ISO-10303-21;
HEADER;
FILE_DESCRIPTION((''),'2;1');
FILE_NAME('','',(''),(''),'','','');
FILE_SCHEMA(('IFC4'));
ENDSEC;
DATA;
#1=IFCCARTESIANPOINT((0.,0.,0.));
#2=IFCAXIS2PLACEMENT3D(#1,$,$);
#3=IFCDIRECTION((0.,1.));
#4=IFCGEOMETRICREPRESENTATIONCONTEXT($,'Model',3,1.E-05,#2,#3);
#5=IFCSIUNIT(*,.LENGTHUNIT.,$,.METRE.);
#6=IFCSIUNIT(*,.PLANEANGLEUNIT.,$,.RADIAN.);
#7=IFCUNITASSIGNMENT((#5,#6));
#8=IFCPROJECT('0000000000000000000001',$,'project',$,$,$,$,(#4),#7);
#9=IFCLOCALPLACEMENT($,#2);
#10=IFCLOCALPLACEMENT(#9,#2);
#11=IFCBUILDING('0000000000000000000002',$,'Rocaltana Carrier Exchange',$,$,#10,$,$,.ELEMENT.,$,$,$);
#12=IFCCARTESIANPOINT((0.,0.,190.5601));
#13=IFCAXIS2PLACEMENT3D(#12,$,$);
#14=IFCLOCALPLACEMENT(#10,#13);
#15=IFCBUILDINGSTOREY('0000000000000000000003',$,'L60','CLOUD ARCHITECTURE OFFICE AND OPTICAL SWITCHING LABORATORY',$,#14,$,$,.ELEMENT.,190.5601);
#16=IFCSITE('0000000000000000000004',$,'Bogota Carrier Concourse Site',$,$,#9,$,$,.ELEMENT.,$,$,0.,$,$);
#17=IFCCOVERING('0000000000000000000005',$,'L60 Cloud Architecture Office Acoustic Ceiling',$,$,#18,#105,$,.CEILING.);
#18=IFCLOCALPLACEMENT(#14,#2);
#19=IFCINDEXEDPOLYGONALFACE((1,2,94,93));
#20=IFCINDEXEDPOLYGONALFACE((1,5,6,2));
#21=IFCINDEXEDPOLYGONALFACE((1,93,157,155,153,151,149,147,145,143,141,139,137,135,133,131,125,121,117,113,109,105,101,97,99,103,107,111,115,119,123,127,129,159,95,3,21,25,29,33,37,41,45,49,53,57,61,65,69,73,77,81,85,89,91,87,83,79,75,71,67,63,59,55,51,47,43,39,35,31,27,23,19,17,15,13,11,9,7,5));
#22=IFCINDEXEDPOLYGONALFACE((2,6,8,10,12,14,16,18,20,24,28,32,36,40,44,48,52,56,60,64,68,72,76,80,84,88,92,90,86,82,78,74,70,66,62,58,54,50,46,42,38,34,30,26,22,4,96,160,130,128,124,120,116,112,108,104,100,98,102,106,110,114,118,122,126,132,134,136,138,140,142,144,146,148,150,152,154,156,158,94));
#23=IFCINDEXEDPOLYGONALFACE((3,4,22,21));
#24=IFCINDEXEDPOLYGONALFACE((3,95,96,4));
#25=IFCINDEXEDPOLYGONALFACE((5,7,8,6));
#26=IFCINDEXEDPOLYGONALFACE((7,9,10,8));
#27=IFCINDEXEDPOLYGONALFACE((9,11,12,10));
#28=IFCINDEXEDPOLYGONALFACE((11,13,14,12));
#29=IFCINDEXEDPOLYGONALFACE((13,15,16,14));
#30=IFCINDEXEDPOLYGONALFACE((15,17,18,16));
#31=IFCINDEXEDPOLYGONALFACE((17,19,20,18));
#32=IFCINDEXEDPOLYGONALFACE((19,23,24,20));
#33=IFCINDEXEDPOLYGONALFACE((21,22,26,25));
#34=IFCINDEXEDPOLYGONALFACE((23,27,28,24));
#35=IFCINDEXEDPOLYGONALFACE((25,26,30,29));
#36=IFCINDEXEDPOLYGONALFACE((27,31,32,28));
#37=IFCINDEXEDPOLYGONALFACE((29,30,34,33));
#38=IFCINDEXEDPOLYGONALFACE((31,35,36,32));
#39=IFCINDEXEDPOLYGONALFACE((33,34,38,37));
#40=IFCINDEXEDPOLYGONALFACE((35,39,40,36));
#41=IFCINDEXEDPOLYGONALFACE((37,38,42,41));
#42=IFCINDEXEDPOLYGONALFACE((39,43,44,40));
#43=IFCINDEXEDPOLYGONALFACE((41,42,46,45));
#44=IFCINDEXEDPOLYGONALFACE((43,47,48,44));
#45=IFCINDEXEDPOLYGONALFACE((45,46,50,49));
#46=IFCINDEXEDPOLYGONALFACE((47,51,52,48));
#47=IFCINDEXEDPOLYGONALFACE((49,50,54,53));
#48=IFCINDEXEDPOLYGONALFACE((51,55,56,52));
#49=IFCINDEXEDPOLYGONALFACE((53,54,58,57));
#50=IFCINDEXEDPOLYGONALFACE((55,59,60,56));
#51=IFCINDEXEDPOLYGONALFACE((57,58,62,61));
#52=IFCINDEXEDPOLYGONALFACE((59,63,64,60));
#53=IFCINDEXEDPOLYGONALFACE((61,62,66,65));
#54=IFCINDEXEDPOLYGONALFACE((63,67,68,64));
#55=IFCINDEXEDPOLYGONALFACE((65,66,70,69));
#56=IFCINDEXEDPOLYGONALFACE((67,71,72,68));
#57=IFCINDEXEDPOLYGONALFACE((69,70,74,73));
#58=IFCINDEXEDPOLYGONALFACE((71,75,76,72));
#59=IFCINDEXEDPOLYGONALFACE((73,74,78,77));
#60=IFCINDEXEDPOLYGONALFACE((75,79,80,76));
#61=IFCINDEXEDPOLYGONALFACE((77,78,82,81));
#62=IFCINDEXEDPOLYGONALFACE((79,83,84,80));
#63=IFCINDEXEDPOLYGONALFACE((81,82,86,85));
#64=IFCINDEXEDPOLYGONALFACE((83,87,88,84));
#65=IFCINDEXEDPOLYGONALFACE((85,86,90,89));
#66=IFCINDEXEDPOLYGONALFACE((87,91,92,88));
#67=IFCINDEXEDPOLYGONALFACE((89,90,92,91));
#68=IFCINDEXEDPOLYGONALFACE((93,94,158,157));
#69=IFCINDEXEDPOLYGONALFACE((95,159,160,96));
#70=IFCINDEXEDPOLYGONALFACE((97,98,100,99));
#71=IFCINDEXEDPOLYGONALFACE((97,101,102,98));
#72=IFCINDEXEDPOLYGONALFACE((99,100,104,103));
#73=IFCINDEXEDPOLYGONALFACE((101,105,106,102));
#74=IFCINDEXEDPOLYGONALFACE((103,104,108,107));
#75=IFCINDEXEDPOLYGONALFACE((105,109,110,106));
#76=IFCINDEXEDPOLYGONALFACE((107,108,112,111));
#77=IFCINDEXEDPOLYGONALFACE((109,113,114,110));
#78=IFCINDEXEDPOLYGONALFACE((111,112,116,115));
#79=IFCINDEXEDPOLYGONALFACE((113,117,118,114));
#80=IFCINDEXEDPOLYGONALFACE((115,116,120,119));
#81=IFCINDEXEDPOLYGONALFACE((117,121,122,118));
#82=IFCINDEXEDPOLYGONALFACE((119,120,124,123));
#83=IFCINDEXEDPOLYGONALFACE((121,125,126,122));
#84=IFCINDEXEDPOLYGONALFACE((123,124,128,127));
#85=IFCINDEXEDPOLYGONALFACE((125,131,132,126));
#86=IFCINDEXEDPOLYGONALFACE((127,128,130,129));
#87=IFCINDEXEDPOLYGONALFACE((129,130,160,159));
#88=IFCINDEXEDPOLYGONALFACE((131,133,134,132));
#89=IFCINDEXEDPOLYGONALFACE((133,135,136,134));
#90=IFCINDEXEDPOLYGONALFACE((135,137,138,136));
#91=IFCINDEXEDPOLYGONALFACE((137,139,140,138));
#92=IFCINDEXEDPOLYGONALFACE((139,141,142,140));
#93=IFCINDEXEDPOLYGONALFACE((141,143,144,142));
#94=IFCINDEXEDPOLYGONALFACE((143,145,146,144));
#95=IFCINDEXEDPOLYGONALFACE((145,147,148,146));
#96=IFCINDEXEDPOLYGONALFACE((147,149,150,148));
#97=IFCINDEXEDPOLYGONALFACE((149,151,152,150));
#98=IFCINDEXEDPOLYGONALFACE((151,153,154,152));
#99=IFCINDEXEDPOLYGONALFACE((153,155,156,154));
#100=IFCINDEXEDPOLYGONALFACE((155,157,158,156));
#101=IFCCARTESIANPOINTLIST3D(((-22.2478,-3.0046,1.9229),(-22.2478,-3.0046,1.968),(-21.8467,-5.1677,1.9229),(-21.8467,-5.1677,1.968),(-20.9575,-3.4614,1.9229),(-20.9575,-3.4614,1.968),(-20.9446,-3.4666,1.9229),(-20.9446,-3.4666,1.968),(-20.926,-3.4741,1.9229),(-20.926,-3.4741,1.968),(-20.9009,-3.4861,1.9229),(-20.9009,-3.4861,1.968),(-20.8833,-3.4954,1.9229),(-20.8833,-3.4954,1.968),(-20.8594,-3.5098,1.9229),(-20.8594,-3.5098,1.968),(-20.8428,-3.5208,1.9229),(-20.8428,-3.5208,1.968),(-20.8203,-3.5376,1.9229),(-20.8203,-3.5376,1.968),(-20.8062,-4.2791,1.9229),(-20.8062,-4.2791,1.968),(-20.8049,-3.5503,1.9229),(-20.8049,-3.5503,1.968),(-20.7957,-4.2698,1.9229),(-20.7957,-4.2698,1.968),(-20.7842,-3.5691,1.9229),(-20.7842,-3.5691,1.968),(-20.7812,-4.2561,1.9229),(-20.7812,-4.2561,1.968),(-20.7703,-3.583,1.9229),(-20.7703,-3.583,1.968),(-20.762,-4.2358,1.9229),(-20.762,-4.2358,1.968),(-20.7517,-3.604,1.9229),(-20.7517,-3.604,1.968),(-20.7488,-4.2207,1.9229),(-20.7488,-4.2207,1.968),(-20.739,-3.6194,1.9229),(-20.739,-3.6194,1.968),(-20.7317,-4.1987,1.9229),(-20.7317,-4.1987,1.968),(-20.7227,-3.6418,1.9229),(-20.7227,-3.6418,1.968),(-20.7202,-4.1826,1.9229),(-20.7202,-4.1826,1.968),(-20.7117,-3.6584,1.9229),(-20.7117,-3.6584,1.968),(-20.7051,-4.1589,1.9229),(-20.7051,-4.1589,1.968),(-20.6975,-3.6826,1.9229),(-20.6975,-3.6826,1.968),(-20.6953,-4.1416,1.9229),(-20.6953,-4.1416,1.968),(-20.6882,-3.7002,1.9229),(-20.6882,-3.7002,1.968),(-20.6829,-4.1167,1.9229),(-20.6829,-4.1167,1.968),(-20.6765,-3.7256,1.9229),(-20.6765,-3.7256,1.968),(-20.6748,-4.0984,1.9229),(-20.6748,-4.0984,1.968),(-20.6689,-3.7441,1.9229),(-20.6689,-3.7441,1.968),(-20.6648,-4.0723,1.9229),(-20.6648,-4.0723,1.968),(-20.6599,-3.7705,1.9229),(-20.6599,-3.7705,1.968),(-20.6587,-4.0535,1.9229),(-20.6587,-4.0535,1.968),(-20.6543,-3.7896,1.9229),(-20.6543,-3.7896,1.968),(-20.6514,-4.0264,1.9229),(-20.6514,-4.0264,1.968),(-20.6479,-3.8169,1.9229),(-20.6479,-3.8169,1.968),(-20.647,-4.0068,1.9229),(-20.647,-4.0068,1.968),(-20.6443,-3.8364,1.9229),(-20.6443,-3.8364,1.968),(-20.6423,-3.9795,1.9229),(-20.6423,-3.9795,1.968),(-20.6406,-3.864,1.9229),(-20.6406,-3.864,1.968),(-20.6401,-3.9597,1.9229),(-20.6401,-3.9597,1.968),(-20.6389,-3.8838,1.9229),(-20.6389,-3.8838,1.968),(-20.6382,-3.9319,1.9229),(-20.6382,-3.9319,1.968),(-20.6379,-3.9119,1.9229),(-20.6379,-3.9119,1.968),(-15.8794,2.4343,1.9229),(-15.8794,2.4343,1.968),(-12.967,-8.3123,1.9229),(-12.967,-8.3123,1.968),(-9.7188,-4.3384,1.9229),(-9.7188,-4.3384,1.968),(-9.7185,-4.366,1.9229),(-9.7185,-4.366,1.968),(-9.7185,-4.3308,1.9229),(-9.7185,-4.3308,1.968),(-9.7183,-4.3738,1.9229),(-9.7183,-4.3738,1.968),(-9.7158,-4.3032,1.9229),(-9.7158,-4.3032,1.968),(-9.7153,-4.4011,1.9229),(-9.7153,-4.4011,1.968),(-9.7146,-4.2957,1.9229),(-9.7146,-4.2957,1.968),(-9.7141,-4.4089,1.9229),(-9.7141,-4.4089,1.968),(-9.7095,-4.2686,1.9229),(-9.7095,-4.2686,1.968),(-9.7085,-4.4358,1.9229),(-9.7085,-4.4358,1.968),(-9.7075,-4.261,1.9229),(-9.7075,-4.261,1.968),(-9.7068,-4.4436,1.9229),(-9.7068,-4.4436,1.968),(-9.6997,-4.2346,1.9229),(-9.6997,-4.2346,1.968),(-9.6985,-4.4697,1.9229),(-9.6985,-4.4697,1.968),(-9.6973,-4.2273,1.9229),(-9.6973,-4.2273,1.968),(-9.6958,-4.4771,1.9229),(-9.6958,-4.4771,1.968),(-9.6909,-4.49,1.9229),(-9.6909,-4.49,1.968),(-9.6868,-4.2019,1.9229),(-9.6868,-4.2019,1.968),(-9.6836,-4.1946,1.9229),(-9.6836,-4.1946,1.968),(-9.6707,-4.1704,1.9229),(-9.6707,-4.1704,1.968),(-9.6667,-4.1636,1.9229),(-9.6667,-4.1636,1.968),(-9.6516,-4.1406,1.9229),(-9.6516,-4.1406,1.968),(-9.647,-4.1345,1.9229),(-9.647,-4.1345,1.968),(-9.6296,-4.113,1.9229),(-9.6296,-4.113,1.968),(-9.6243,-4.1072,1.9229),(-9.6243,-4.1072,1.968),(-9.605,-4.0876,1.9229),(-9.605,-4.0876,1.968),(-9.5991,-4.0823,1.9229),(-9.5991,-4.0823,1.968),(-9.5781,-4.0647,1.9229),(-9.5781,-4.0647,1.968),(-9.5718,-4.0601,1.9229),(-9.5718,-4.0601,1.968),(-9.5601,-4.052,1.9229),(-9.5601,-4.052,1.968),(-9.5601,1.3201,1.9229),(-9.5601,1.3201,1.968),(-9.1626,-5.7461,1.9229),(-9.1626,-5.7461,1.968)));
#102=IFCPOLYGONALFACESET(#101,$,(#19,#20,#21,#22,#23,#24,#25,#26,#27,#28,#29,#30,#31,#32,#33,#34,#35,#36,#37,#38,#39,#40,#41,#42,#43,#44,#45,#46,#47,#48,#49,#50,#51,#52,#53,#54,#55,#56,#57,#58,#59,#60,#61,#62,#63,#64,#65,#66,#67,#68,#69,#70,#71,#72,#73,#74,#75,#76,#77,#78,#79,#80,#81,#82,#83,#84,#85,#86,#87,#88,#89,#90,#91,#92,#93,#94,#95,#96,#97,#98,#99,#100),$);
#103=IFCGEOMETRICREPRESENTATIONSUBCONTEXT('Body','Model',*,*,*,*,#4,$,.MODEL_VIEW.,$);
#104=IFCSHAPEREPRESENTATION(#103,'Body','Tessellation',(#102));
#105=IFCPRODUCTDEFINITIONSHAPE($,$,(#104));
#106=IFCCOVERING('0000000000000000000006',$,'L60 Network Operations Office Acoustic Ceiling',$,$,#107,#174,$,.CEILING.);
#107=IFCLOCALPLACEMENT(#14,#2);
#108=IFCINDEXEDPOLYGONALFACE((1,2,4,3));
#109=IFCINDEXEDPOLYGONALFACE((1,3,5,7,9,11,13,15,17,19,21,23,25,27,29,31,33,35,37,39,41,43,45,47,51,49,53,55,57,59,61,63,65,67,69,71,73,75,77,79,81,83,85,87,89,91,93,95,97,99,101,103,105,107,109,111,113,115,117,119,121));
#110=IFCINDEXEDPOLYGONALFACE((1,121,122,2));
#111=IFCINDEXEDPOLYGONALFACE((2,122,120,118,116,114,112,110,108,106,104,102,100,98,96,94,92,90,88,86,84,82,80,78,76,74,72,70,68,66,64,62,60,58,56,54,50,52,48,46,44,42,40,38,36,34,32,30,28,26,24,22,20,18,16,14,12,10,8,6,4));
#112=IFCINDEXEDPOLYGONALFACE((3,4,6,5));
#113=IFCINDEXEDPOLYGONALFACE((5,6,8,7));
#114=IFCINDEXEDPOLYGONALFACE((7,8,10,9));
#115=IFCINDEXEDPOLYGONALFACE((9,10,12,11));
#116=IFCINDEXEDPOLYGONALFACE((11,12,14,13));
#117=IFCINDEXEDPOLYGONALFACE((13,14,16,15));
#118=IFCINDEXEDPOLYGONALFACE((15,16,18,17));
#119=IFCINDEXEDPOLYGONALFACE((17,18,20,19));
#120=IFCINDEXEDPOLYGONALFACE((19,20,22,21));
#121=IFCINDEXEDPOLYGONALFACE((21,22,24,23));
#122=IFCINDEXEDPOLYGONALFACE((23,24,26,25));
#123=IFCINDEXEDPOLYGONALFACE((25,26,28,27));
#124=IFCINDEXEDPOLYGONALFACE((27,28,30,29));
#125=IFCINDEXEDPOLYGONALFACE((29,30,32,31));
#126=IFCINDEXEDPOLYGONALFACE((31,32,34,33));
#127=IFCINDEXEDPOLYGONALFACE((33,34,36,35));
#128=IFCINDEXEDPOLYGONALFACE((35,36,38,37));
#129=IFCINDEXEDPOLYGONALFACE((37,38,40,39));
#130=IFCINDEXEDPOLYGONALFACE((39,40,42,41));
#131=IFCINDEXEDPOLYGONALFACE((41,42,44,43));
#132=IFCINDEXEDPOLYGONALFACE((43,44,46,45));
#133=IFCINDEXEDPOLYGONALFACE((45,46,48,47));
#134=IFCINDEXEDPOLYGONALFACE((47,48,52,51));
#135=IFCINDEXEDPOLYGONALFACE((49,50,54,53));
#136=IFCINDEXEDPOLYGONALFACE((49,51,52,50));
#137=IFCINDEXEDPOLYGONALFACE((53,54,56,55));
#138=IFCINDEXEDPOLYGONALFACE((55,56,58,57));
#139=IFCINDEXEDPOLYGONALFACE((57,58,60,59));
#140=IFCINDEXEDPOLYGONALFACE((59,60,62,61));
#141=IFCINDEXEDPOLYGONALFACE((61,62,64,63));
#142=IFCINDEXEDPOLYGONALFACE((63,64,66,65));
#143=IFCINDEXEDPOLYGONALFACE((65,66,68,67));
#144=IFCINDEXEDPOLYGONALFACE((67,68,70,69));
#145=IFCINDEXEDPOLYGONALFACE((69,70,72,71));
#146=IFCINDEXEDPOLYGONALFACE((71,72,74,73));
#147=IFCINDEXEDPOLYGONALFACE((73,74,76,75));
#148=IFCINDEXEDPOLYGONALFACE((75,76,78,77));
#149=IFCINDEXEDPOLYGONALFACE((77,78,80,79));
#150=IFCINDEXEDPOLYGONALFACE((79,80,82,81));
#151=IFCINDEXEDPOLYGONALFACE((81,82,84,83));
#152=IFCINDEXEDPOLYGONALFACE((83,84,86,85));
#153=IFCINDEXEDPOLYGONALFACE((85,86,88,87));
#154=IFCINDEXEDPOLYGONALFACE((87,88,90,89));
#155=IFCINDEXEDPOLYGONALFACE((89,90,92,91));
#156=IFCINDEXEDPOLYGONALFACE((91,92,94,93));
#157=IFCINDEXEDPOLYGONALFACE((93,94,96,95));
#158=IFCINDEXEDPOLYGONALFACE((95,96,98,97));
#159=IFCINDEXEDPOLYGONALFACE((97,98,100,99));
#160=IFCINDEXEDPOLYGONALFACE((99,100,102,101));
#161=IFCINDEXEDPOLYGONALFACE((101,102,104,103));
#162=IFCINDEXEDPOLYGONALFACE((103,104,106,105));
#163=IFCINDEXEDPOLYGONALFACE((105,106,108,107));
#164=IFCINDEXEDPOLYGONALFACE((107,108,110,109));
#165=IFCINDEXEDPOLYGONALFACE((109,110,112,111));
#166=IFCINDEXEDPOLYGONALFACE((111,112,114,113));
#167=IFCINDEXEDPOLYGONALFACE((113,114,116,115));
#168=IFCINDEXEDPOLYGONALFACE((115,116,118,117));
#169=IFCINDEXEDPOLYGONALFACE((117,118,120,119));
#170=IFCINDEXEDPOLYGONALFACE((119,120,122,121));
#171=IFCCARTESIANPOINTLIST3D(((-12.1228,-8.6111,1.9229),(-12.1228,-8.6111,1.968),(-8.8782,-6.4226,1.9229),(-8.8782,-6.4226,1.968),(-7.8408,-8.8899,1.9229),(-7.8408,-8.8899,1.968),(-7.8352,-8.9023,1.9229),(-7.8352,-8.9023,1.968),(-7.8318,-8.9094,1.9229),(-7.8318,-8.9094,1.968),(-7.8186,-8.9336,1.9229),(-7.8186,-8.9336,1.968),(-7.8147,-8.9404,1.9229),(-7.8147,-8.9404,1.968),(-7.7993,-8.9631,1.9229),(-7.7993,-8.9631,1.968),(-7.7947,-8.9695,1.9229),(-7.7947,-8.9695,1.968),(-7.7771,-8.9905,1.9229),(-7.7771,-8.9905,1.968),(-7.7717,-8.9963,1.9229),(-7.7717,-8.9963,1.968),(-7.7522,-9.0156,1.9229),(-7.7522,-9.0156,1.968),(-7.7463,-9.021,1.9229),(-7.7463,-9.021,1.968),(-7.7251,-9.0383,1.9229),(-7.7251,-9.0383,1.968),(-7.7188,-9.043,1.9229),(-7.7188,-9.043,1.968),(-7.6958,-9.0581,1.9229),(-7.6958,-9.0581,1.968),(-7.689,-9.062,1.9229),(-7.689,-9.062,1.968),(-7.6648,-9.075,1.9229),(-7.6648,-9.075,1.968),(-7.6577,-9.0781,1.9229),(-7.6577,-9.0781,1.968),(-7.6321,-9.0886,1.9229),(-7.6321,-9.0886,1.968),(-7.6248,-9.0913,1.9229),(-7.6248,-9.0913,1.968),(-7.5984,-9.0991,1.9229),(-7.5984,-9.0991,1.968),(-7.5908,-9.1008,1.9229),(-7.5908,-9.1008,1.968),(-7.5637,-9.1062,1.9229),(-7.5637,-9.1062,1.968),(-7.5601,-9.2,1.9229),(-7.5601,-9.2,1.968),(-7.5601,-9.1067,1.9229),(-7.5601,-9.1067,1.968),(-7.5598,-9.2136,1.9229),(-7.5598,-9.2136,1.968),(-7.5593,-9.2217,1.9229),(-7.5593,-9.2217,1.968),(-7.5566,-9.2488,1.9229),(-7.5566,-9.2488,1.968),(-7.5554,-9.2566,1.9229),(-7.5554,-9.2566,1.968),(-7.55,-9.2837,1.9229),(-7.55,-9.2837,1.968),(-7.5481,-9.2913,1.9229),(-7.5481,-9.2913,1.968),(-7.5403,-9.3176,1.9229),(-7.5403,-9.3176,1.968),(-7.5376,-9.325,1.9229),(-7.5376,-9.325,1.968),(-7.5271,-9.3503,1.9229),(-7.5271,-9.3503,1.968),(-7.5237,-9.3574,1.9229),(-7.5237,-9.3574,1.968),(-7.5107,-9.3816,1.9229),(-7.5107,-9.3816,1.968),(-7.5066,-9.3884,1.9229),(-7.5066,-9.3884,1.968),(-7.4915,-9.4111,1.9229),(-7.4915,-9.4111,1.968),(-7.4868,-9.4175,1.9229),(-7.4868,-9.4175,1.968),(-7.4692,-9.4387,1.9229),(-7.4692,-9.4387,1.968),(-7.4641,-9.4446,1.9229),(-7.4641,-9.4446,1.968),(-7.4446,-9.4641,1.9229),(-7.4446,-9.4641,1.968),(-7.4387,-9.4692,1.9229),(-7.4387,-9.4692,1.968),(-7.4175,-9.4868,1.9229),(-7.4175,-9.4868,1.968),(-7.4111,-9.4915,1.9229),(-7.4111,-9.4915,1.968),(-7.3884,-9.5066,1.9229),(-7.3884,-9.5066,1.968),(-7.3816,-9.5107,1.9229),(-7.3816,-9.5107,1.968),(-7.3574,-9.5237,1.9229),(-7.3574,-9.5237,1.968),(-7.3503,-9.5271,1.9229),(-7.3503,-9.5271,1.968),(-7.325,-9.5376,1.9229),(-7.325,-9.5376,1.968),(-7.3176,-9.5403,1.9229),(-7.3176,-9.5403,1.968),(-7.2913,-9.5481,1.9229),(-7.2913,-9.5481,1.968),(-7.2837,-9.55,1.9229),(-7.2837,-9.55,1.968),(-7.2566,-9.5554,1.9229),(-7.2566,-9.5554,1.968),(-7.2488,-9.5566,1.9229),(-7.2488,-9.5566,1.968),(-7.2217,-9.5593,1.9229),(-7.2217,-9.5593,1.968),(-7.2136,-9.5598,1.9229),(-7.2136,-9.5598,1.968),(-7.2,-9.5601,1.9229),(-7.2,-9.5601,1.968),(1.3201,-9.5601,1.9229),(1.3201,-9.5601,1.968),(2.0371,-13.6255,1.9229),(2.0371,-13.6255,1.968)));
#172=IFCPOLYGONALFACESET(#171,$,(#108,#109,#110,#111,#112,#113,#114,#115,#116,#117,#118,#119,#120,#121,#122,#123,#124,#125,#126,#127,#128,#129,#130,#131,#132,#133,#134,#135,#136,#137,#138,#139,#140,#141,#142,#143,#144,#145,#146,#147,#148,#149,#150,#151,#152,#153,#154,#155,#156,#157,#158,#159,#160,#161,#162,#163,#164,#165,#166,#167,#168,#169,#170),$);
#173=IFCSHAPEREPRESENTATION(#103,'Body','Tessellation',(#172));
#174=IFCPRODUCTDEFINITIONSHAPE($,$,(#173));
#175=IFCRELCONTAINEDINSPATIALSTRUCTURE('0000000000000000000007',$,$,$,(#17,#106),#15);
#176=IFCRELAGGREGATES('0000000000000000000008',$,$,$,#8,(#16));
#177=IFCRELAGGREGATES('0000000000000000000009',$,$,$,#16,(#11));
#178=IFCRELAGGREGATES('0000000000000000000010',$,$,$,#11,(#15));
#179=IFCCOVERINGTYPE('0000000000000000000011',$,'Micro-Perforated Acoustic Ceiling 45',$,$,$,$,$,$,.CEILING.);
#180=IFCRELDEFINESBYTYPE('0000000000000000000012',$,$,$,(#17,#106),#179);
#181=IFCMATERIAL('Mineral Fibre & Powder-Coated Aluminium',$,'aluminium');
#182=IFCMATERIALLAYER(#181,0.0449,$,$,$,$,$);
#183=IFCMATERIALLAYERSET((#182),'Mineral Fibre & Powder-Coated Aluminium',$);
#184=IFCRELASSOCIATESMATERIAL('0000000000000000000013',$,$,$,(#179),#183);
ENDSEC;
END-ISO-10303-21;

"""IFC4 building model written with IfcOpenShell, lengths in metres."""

from ifc_helpers import new_model, si_unit, direction, frame, origin, place, context, subcontext, project, spatial, polyline, outline, extrude, material, layer, layer_set, type_object, element, save


model = new_model("IFC4")

# Units and contexts
model_context = context("Model", 3, precision=1e-05, world=origin(), true_north=direction((0.0, 1.0)))
body_context = subcontext(model_context, "Body", "Model", "MODEL_VIEW")
ifc_project = project(units=[si_unit("LENGTHUNIT", "METRE"), si_unit("PLANEANGLEUNIT", "RADIAN")], contexts=[model_context])

# Site, building, storey
site_placement = place(None, origin())
site = spatial("IfcSite", under=ifc_project, at=site_placement, Name="Bogota Carrier Concourse Site", CompositionType="ELEMENT", RefElevation=0.0)
building_placement = place(site_placement, origin())
building = spatial("IfcBuilding", under=site, at=building_placement, Name="Rocaltana Carrier Exchange", CompositionType="ELEMENT")
storey_placement = place(building_placement, frame((0.0, 0.0, 190.5601)))
storey = spatial("IfcBuildingStorey", under=building, at=storey_placement, Name="L60", Description="CLOUD ARCHITECTURE OFFICE AND OPTICAL SWITCHING LABORATORY", CompositionType="ELEMENT", Elevation=190.5601)

# Coverings
ifc_material_1 = material(Name="Mineral Fibre & Powder-Coated Aluminium", Category="aluminium")
ifc_layer_1 = layer(ifc_material_1, 0.0449)
ifc_layer_set_1 = layer_set([ifc_layer_1], Name="Mineral Fibre & Powder-Coated Aluminium")
covering_type_1 = type_object("IfcCoveringType", Name="Micro-Perforated Acoustic Ceiling 45", PredefinedType="CEILING", material=ifc_layer_set_1)
covering_1_placement = place(storey_placement, frame((0.0, 0.0, 1.9229)))
element("IfcCovering", 1, at=covering_1_placement, inside=storey, type_object=covering_type_1, Name="L60 Cloud Architecture Office Acoustic Ceiling", PredefinedType="CEILING", context=body_context, shape_type="SweptSolid", body=[
    extrude(outline(polyline([(-20.8062, -4.2791), (-20.7957, -4.2698), (-20.7812, -4.2561), (-20.762, -4.2358), (-20.7488, -4.2207), (-20.7317, -4.1987), (-20.7202, -4.1826), (-20.7051, -4.1589), (-20.6953, -4.1416), (-20.6829, -4.1167), (-20.6748, -4.0984), (-20.6648, -4.0723), (-20.6587, -4.0535), (-20.6514, -4.0264), (-20.647, -4.0068), (-20.6423, -3.9795), (-20.6401, -3.9597), (-20.6382, -3.9319), (-20.6379, -3.9119), (-20.6389, -3.8838), (-20.6406, -3.864), (-20.6443, -3.8364), (-20.6479, -3.8169), (-20.6543, -3.7896), (-20.6599, -3.7705), (-20.6689, -3.7441), (-20.6765, -3.7256), (-20.6882, -3.7002), (-20.6975, -3.6826), (-20.7117, -3.6584), (-20.7227, -3.6418), (-20.739, -3.6194), (-20.7517, -3.604), (-20.7703, -3.583), (-20.7842, -3.5691), (-20.8049, -3.5503), (-20.8203, -3.5376), (-20.8428, -3.5208), (-20.8594, -3.5098), (-20.8833, -3.4954), (-20.9009, -3.4861), (-20.926, -3.4741), (-20.9446, -3.4666), (-20.9575, -3.4614), (-22.2478, -3.0046), (-15.8794, 2.4343), (-9.5601, 1.3201), (-9.5601, -4.052), (-9.5718, -4.0601), (-9.5781, -4.0647), (-9.5991, -4.0823), (-9.605, -4.0876), (-9.6243, -4.1072), (-9.6296, -4.113), (-9.647, -4.1345), (-9.6516, -4.1406), (-9.6667, -4.1636), (-9.6707, -4.1704), (-9.6836, -4.1946), (-9.6868, -4.2019), (-9.6973, -4.2273), (-9.6997, -4.2346), (-9.7075, -4.261), (-9.7095, -4.2686), (-9.7146, -4.2957), (-9.7158, -4.3032), (-9.7185, -4.3308), (-9.7188, -4.3384), (-9.7185, -4.366), (-9.7183, -4.3738), (-9.7153, -4.4011), (-9.7141, -4.4089), (-9.7085, -4.4358), (-9.7068, -4.4436), (-9.6985, -4.4697), (-9.6958, -4.4771), (-9.6909, -4.49), (-9.1626, -5.7461), (-12.967, -8.3123), (-21.8467, -5.1677), (-20.8062, -4.2791)])), origin(), (0.0, 0.0, 1.0), 0.0452),
])
covering_2_placement = place(storey_placement, frame((0.0, 0.0, 1.9229)))
element("IfcCovering", 2, at=covering_2_placement, inside=storey, type_object=covering_type_1, Name="L60 Network Operations Office Acoustic Ceiling", PredefinedType="CEILING", context=body_context, shape_type="SweptSolid", body=[
    extrude(outline(polyline([(-12.1228, -8.6111), (-8.8782, -6.4226), (-7.8408, -8.8899), (-7.8352, -8.9023), (-7.8318, -8.9094), (-7.8186, -8.9336), (-7.8147, -8.9404), (-7.7993, -8.9631), (-7.7947, -8.9695), (-7.7771, -8.9905), (-7.7717, -8.9963), (-7.7522, -9.0156), (-7.7463, -9.021), (-7.7251, -9.0383), (-7.7188, -9.043), (-7.6958, -9.0581), (-7.689, -9.062), (-7.6648, -9.075), (-7.6577, -9.0781), (-7.6321, -9.0886), (-7.6248, -9.0913), (-7.5984, -9.0991), (-7.5908, -9.1008), (-7.5637, -9.1062), (-7.5601, -9.1067), (-7.5601, -9.2), (-7.5598, -9.2136), (-7.5593, -9.2217), (-7.5566, -9.2488), (-7.5554, -9.2566), (-7.55, -9.2837), (-7.5481, -9.2913), (-7.5403, -9.3176), (-7.5376, -9.325), (-7.5271, -9.3503), (-7.5237, -9.3574), (-7.5107, -9.3816), (-7.5066, -9.3884), (-7.4915, -9.4111), (-7.4868, -9.4175), (-7.4692, -9.4387), (-7.4641, -9.4446), (-7.4446, -9.4641), (-7.4387, -9.4692), (-7.4175, -9.4868), (-7.4111, -9.4915), (-7.3884, -9.5066), (-7.3816, -9.5107), (-7.3574, -9.5237), (-7.3503, -9.5271), (-7.325, -9.5376), (-7.3176, -9.5403), (-7.2913, -9.5481), (-7.2837, -9.55), (-7.2566, -9.5554), (-7.2488, -9.5566), (-7.2217, -9.5593), (-7.2136, -9.5598), (-7.2, -9.5601), (1.3201, -9.5601), (2.0371, -13.6255), (-12.1228, -8.6111)])), origin(), (0.0, 0.0, 1.0), 0.0452),
])

save(model, "model.ifc")
